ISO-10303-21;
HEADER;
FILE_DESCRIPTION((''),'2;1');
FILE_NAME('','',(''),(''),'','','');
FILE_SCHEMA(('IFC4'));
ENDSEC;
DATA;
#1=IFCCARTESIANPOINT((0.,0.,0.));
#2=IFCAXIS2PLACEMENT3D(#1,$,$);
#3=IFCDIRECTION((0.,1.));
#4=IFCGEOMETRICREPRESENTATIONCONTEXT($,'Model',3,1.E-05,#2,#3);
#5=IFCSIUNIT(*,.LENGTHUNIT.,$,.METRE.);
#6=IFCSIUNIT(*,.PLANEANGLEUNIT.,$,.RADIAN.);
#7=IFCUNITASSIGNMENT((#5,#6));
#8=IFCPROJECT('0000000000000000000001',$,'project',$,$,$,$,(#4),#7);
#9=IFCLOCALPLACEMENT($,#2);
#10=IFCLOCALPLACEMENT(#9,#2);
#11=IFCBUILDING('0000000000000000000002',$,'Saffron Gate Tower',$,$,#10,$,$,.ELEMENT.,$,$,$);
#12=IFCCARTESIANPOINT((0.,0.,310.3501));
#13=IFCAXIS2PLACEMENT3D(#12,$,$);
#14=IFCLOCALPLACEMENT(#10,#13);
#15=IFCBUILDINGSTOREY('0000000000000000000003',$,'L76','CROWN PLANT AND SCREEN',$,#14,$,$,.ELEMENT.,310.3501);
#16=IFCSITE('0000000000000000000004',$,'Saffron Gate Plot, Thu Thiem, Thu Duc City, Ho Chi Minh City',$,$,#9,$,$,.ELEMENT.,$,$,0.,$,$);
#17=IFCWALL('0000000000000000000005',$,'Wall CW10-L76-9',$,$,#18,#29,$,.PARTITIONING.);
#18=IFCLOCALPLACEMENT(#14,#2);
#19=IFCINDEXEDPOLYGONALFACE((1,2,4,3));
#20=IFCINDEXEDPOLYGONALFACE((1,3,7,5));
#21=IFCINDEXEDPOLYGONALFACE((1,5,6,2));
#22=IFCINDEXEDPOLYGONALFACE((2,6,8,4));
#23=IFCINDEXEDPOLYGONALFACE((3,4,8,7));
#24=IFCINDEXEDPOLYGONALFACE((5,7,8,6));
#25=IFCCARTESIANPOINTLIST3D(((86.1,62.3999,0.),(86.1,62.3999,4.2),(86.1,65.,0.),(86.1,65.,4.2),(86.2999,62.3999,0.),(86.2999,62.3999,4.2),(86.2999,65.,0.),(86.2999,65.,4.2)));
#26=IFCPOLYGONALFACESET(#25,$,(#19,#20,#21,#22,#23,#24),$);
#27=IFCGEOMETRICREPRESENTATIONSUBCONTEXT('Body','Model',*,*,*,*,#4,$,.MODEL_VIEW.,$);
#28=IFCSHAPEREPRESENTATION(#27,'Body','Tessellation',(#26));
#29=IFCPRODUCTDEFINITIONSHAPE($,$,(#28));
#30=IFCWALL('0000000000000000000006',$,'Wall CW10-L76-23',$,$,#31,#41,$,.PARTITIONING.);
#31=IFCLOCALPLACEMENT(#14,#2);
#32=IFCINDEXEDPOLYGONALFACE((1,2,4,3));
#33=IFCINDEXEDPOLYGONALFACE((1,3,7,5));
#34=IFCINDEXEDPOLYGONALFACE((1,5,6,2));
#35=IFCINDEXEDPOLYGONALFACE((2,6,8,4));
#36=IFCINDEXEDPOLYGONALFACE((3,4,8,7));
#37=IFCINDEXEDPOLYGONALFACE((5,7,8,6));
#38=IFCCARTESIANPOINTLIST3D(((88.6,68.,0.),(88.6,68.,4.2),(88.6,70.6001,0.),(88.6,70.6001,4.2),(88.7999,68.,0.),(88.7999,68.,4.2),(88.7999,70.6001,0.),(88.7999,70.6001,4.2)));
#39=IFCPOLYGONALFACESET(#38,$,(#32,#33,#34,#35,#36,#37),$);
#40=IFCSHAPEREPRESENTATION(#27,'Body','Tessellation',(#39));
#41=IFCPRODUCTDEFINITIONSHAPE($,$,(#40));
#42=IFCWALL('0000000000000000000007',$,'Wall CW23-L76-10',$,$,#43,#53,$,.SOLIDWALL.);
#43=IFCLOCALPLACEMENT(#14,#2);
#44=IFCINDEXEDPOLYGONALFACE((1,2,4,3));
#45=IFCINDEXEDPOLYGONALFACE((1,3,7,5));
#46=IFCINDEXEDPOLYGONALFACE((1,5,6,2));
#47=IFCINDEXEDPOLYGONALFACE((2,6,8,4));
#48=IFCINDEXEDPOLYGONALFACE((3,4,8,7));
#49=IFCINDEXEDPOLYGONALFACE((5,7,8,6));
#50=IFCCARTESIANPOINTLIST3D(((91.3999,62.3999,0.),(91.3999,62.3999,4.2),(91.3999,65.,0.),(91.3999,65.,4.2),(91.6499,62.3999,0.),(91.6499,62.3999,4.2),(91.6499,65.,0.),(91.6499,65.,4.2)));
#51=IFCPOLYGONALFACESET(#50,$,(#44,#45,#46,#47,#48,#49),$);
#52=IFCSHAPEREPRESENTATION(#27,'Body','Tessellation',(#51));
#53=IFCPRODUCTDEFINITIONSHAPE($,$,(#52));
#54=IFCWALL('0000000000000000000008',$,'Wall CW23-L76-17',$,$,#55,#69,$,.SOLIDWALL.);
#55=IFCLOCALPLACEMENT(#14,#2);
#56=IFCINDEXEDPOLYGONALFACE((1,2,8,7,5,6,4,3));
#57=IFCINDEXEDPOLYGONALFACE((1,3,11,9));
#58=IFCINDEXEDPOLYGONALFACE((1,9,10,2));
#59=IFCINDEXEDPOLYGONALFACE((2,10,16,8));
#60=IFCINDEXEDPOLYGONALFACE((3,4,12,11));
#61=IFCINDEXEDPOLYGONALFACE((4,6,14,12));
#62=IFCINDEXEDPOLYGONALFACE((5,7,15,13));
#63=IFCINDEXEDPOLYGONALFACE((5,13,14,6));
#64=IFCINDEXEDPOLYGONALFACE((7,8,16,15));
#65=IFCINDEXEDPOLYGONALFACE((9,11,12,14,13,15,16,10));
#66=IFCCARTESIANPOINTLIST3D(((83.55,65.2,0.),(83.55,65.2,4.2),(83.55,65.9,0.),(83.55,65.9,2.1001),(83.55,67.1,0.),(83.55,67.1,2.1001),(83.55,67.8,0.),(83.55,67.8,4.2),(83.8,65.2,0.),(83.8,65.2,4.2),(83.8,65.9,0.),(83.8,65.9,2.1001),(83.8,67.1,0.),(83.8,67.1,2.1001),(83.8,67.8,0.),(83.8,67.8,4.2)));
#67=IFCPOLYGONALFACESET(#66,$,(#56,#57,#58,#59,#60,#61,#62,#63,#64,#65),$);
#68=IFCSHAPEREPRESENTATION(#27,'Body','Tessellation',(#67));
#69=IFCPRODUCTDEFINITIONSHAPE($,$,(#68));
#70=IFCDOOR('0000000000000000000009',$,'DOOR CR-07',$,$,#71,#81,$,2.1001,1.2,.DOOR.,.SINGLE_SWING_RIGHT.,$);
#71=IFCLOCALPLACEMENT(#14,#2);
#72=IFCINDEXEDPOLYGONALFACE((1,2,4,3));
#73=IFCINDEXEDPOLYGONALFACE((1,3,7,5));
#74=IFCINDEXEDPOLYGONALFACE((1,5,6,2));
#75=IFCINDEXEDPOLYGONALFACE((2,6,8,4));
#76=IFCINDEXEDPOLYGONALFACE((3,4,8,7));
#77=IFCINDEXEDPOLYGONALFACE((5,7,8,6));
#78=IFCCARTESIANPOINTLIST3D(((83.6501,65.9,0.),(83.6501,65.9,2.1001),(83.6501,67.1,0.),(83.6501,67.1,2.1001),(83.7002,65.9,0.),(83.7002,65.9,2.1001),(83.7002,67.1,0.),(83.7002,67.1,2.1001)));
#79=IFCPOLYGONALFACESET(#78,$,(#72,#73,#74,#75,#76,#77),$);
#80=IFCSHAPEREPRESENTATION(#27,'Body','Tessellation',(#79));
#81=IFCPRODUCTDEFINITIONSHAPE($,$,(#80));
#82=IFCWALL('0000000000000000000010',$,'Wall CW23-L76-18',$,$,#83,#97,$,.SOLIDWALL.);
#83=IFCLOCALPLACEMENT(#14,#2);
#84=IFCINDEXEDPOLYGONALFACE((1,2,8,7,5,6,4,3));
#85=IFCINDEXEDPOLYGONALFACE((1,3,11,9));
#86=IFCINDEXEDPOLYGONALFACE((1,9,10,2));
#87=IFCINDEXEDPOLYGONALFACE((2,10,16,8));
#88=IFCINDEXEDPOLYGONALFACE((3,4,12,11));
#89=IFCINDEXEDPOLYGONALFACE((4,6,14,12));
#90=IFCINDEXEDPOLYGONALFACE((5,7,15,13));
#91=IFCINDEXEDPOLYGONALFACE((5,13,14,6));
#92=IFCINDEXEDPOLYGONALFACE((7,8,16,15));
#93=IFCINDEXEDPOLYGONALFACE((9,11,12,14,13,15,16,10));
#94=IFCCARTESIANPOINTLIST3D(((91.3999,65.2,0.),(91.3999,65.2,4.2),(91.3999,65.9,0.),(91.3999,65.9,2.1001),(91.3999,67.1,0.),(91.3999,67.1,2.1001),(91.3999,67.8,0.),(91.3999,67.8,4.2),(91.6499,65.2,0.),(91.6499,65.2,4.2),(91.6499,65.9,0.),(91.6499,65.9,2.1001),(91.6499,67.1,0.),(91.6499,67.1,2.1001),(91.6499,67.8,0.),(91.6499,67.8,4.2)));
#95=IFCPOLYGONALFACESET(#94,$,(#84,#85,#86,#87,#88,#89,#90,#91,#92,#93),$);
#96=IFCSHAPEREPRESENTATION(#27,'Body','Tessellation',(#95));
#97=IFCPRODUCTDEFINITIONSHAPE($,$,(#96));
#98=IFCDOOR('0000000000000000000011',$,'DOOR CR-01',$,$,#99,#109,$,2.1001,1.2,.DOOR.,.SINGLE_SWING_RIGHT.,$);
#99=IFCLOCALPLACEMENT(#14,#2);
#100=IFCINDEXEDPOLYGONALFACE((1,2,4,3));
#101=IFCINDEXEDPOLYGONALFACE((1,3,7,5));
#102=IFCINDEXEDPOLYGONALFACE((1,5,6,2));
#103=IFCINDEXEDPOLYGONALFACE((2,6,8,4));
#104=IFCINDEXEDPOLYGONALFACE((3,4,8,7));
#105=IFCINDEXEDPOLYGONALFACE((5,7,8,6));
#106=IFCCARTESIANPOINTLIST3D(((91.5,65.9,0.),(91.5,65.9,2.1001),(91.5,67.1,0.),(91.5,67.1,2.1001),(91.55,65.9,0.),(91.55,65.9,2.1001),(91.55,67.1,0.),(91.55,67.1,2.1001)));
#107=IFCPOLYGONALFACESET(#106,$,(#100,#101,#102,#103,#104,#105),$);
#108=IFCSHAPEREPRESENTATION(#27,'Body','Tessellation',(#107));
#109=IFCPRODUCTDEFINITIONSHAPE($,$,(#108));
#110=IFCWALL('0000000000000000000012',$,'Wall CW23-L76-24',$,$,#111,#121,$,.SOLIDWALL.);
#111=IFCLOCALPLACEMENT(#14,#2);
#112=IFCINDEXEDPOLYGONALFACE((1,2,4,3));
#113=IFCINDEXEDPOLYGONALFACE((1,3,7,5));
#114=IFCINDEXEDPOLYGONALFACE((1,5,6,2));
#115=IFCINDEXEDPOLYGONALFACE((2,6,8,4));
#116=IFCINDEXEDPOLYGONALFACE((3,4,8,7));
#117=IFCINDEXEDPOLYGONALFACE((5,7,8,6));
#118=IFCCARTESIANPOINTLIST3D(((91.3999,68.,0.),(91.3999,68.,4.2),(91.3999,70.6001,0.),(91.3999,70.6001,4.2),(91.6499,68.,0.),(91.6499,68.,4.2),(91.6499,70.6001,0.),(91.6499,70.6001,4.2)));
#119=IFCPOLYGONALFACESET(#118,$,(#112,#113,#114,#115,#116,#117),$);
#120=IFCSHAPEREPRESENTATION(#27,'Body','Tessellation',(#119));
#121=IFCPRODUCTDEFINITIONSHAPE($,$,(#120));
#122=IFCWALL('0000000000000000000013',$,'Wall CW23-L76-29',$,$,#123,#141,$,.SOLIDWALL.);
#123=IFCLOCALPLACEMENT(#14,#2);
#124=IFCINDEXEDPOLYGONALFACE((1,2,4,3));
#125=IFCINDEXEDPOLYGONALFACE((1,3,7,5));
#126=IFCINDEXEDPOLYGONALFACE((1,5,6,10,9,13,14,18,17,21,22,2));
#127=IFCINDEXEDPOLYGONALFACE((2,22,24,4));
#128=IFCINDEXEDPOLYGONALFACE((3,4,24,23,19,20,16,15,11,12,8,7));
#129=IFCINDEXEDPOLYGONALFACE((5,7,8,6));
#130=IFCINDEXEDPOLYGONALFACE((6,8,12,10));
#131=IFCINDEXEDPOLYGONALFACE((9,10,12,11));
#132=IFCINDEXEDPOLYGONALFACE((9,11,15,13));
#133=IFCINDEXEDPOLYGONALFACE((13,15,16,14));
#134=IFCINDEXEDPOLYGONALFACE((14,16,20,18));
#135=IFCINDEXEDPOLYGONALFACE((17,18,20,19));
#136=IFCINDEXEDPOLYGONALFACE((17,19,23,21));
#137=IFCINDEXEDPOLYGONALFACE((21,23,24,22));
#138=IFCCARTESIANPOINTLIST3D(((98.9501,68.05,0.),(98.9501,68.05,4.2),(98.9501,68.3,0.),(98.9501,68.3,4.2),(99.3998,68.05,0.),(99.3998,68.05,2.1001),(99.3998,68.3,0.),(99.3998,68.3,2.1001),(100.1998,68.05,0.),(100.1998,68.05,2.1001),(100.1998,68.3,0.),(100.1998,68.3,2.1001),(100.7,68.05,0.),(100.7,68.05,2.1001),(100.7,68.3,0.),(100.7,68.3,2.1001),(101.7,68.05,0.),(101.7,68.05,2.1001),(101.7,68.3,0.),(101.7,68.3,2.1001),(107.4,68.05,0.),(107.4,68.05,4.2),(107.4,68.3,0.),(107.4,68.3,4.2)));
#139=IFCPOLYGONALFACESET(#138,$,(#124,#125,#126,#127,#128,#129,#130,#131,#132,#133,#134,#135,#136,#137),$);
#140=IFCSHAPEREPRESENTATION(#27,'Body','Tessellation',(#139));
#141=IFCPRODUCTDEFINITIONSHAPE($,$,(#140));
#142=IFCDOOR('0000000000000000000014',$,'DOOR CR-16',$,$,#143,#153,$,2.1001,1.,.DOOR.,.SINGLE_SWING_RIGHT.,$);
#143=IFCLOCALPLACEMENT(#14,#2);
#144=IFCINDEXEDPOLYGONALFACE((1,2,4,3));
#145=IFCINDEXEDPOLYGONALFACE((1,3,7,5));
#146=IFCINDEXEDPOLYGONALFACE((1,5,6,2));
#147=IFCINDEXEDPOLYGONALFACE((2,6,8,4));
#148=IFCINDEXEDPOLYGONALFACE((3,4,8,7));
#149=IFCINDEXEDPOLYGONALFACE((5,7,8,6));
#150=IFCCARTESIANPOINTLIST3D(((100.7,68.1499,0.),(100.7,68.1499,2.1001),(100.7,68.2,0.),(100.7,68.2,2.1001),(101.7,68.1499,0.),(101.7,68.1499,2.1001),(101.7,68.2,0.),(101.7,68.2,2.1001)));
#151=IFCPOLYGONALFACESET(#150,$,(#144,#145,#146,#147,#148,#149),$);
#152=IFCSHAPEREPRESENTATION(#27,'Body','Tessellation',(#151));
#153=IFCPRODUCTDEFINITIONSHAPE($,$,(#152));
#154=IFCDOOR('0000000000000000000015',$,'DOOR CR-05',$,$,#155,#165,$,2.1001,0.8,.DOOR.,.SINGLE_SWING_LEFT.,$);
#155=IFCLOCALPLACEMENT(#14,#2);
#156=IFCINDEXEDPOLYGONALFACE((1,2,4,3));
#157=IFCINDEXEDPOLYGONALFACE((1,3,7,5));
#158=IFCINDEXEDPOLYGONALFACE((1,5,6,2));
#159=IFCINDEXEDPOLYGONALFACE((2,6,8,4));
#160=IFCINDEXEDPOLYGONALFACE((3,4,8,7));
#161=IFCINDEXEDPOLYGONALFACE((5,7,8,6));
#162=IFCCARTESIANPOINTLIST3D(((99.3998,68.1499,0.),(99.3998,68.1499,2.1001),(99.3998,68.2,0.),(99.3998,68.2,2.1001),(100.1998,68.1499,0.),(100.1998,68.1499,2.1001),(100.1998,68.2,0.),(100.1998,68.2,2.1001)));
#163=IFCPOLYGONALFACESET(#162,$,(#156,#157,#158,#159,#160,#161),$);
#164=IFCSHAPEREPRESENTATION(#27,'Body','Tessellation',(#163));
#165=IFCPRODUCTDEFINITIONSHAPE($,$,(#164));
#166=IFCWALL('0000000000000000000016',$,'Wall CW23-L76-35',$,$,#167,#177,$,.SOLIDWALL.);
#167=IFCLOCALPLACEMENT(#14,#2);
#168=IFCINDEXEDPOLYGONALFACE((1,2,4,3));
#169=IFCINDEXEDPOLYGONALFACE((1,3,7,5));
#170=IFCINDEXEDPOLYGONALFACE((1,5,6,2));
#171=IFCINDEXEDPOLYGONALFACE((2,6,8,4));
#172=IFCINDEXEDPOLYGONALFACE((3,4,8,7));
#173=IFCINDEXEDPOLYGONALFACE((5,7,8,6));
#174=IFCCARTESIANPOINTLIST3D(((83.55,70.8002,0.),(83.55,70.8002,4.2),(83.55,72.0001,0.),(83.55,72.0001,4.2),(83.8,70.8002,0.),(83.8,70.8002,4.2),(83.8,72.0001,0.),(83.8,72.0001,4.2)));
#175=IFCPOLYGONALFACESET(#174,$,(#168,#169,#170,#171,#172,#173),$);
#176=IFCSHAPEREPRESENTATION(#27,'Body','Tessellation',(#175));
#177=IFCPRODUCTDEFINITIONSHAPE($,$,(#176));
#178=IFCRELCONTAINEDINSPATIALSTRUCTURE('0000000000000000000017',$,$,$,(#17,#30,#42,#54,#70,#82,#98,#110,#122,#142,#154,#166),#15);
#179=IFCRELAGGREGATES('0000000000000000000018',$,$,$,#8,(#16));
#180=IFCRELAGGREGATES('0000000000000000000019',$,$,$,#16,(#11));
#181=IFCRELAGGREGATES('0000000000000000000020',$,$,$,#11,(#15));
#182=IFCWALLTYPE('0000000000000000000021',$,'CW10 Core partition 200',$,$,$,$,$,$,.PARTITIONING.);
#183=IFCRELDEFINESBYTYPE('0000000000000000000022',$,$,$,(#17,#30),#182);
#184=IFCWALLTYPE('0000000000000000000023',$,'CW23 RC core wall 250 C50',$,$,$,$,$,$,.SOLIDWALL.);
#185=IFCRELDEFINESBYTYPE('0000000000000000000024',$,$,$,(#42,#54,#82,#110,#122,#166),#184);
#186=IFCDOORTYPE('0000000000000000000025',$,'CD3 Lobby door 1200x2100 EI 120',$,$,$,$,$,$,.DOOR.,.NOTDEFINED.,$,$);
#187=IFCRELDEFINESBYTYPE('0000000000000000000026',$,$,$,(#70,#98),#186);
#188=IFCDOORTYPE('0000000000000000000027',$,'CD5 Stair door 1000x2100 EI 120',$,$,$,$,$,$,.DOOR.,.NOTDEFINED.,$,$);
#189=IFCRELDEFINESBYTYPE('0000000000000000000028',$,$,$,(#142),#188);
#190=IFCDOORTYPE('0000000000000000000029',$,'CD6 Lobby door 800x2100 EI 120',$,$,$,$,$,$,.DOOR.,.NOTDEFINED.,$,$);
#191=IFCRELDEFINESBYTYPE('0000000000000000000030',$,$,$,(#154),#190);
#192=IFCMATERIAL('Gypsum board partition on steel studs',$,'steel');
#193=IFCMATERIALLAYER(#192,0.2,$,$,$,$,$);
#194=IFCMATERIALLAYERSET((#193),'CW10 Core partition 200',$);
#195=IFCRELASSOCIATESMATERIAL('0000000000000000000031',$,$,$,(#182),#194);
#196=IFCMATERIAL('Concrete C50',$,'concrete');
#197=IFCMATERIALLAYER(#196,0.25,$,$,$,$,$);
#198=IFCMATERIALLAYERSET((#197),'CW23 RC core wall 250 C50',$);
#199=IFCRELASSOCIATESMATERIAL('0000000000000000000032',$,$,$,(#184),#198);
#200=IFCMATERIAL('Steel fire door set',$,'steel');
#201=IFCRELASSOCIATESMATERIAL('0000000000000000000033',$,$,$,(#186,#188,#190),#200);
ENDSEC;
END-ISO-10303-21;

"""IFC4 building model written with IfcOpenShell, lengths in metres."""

from ifc_helpers import new_model, si_unit, direction, frame, frame_2d, origin, place, context, subcontext, project, spatial, rectangle, extrude, material, layer, layer_set, type_object, element, fill, save


model = new_model("IFC4")

# Units and contexts
model_context = context("Model", 3, precision=1e-05, world=origin(), true_north=direction((0.0, 1.0)))
body_context = subcontext(model_context, "Body", "Model", "MODEL_VIEW")
ifc_project = project(units=[si_unit("LENGTHUNIT", "METRE"), si_unit("PLANEANGLEUNIT", "RADIAN")], contexts=[model_context])

# Site, building, storey
site_placement = place(None, origin())
site = spatial("IfcSite", under=ifc_project, at=site_placement, Name="Saffron Gate Plot, Thu Thiem, Thu Duc City, Ho Chi Minh City", CompositionType="ELEMENT", RefElevation=0.0)
building_placement = place(site_placement, origin())
building = spatial("IfcBuilding", under=site, at=building_placement, Name="Saffron Gate Tower", CompositionType="ELEMENT")
storey_placement = place(building_placement, frame((0.0, 0.0, 310.3501)))
storey = spatial("IfcBuildingStorey", under=building, at=storey_placement, Name="L76", Description="CROWN PLANT AND SCREEN", CompositionType="ELEMENT", Elevation=310.3501)

# Walls
ifc_material_1 = material(Name="Gypsum board partition on steel studs", Category="steel")
ifc_layer_1 = layer(ifc_material_1, 0.2)
ifc_layer_set_1 = layer_set([ifc_layer_1], Name="CW10 Core partition 200")
wall_type_1 = type_object("IfcWallType", Name="CW10 Core partition 200", PredefinedType="PARTITIONING", material=ifc_layer_set_1)
for number, where, z_axis, x_axis, name in (
    (1, (86.2, 62.3999, 0.0), (0.0, 0.0, 1.0), (0.0, 1.0, 0.0), "Wall CW10-L76-9"),
    (2, (88.7, 68.0, 0.0), (0.0, 0.0, 1.0), (0.0, 1.0, 0.0), "Wall CW10-L76-23"),
):
    element("IfcWall", number, at=place(storey_placement, frame(where, z_axis=z_axis, x_axis=x_axis)), inside=storey, type_object=wall_type_1, Name=name, PredefinedType="PARTITIONING", context=body_context, shape_type="SweptSolid", body=[
        extrude(rectangle(XDim=2.6001, YDim=0.2, at=frame_2d((1.3, 0.0))), origin(), (0.0, 0.0, 1.0), 4.2),
    ])
ifc_material_2 = material(Name="Concrete C50", Category="concrete")
ifc_layer_2 = layer(ifc_material_2, 0.25)
ifc_layer_set_2 = layer_set([ifc_layer_2], Name="CW23 RC core wall 250 C50")
wall_type_2 = type_object("IfcWallType", Name="CW23 RC core wall 250 C50", PredefinedType="SOLIDWALL", material=ifc_layer_set_2)
wall_1_placement = place(storey_placement, frame((91.5249, 62.3999, 0.0), z_axis=(0.0, 0.0, 1.0), x_axis=(0.0, 1.0, 0.0)))
element("IfcWall", 3, at=wall_1_placement, inside=storey, type_object=wall_type_2, Name="Wall CW23-L76-10", PredefinedType="SOLIDWALL", context=body_context, shape_type="SweptSolid", body=[
    extrude(rectangle(XDim=2.6001, YDim=0.25, at=frame_2d((1.3, 0.0))), origin(), (0.0, 0.0, 1.0), 4.2),
])

# Walls, openings, doors
wall_2_placement = place(storey_placement, frame((83.675, 65.2, 0.0), z_axis=(0.0, 0.0, 1.0), x_axis=(0.0, 1.0, 0.0)))
wall_2 = element("IfcWall", 4, at=wall_2_placement, inside=storey, type_object=wall_type_2, Name="Wall CW23-L76-17", PredefinedType="SOLIDWALL", context=body_context, shape_type="SweptSolid", body=[
    extrude(rectangle(XDim=2.6001, YDim=0.25, at=frame_2d((1.3, 0.0))), origin(), (0.0, 0.0, 1.0), 4.2),
])
opening_1_placement = place(wall_2_placement, frame((0.7, 0.0, 0.0)))
opening_1 = element("IfcOpeningElement", 5, at=opening_1_placement, cuts=wall_2, PredefinedType="OPENING", context=body_context, shape_type="SweptSolid", body=[
    extrude(rectangle(XDim=1.2, YDim=2.1001, at=frame_2d((0.6001, 1.05))), frame((0.0, 0.135, 0.0), z_axis=(0.0, -1.0, 0.0), x_axis=(1.0, 0.0, 0.0)), (0.0, 0.0, 1.0), 0.27),
])
ifc_material_3 = material(Name="Steel fire door set", Category="steel")
door_type_1 = type_object("IfcDoorType", Name="CD3 Lobby door 1200x2100 EI 120", OperationType="NOTDEFINED", PredefinedType="DOOR", material=ifc_material_3)
door_1_placement = place(opening_1_placement, origin())
door_1 = element("IfcDoor", 6, at=door_1_placement, inside=storey, type_object=door_type_1, Name="DOOR CR-07", OperationType="SINGLE_SWING_RIGHT", OverallHeight=2.1001, OverallWidth=1.2, PredefinedType="DOOR", context=body_context, shape_type="SweptSolid", body=[
    extrude(rectangle(XDim=1.2, YDim=2.1001, at=frame_2d((0.6001, 1.05))), frame((0.0, 0.0249, 0.0), z_axis=(0.0, -1.0, 0.0), x_axis=(1.0, 0.0, 0.0)), (0.0, 0.0, 1.0), 0.05),
])
fill(opening_1, door_1)
wall_3_placement = place(storey_placement, frame((91.5249, 65.2, 0.0), z_axis=(0.0, 0.0, 1.0), x_axis=(0.0, 1.0, 0.0)))
wall_3 = element("IfcWall", 7, at=wall_3_placement, inside=storey, type_object=wall_type_2, Name="Wall CW23-L76-18", PredefinedType="SOLIDWALL", context=body_context, shape_type="SweptSolid", body=[
    extrude(rectangle(XDim=2.6001, YDim=0.25, at=frame_2d((1.3, 0.0))), origin(), (0.0, 0.0, 1.0), 4.2),
])
opening_2_placement = place(wall_3_placement, frame((0.7, 0.0, 0.0)))
opening_2 = element("IfcOpeningElement", 8, at=opening_2_placement, cuts=wall_3, PredefinedType="OPENING", context=body_context, shape_type="SweptSolid", body=[
    extrude(rectangle(XDim=1.2, YDim=2.1001, at=frame_2d((0.6001, 1.05))), frame((0.0, 0.135, 0.0), z_axis=(0.0, -1.0, 0.0), x_axis=(1.0, 0.0, 0.0)), (0.0, 0.0, 1.0), 0.27),
])
door_2_placement = place(opening_2_placement, origin())
door_2 = element("IfcDoor", 9, at=door_2_placement, inside=storey, type_object=door_type_1, Name="DOOR CR-01", OperationType="SINGLE_SWING_RIGHT", OverallHeight=2.1001, OverallWidth=1.2, PredefinedType="DOOR", context=body_context, shape_type="SweptSolid", body=[
    extrude(rectangle(XDim=1.2, YDim=2.1001, at=frame_2d((0.6001, 1.05))), frame((0.0, 0.0249, 0.0), z_axis=(0.0, -1.0, 0.0), x_axis=(1.0, 0.0, 0.0)), (0.0, 0.0, 1.0), 0.05),
])
fill(opening_2, door_2)

# Wall
wall_4_placement = place(storey_placement, frame((91.5249, 68.0, 0.0), z_axis=(0.0, 0.0, 1.0), x_axis=(0.0, 1.0, 0.0)))
element("IfcWall", 10, at=wall_4_placement, inside=storey, type_object=wall_type_2, Name="Wall CW23-L76-24", PredefinedType="SOLIDWALL", context=body_context, shape_type="SweptSolid", body=[
    extrude(rectangle(XDim=2.6001, YDim=0.25, at=frame_2d((1.3, 0.0))), origin(), (0.0, 0.0, 1.0), 4.2),
])

# Wall, openings, doors
wall_5_placement = place(storey_placement, frame((98.95, 68.175, 0.0), z_axis=(0.0, 0.0, 1.0), x_axis=(1.0, 0.0, 0.0)))
wall_5 = element("IfcWall", 11, at=wall_5_placement, inside=storey, type_object=wall_type_2, Name="Wall CW23-L76-29", PredefinedType="SOLIDWALL", context=body_context, shape_type="SweptSolid", body=[
    extrude(rectangle(XDim=8.45, YDim=0.25, at=frame_2d((4.2251, 0.0))), origin(), (0.0, 0.0, 1.0), 4.2),
])
opening_3_placement = place(wall_5_placement, frame((0.45, 0.0, 0.0)))
opening_3 = element("IfcOpeningElement", 12, at=opening_3_placement, cuts=wall_5, PredefinedType="OPENING", context=body_context, shape_type="SweptSolid", body=[
    extrude(rectangle(XDim=0.8, YDim=2.1001, at=frame_2d((0.3999, 1.05))), frame((0.0, 0.135, 0.0), z_axis=(0.0, -1.0, 0.0), x_axis=(1.0, 0.0, 0.0)), (0.0, 0.0, 1.0), 0.27),
])
opening_4_placement = place(wall_5_placement, frame((1.75, 0.0, 0.0)))
opening_4 = element("IfcOpeningElement", 13, at=opening_4_placement, cuts=wall_5, PredefinedType="OPENING", context=body_context, shape_type="SweptSolid", body=[
    extrude(rectangle(XDim=1.0, YDim=2.1001, at=frame_2d((0.5, 1.05))), frame((0.0, 0.135, 0.0), z_axis=(0.0, -1.0, 0.0), x_axis=(1.0, 0.0, 0.0)), (0.0, 0.0, 1.0), 0.27),
])
door_type_2 = type_object("IfcDoorType", Name="CD5 Stair door 1000x2100 EI 120", OperationType="NOTDEFINED", PredefinedType="DOOR", material=ifc_material_3)
door_3_placement = place(opening_4_placement, origin())
door_3 = element("IfcDoor", 14, at=door_3_placement, inside=storey, type_object=door_type_2, Name="DOOR CR-16", OperationType="SINGLE_SWING_RIGHT", OverallHeight=2.1001, OverallWidth=1.0, PredefinedType="DOOR", context=body_context, shape_type="SweptSolid", body=[
    extrude(rectangle(XDim=1.0, YDim=2.1001, at=frame_2d((0.5, 1.05))), frame((0.0, 0.0249, 0.0), z_axis=(0.0, -1.0, 0.0), x_axis=(1.0, 0.0, 0.0)), (0.0, 0.0, 1.0), 0.05),
])
fill(opening_4, door_3)
door_type_3 = type_object("IfcDoorType", Name="CD6 Lobby door 800x2100 EI 120", OperationType="NOTDEFINED", PredefinedType="DOOR", material=ifc_material_3)
door_4_placement = place(opening_3_placement, origin())
door_4 = element("IfcDoor", 15, at=door_4_placement, inside=storey, type_object=door_type_3, Name="DOOR CR-05", OperationType="SINGLE_SWING_LEFT", OverallHeight=2.1001, OverallWidth=0.8, PredefinedType="DOOR", context=body_context, shape_type="SweptSolid", body=[
    extrude(rectangle(XDim=0.8, YDim=2.1001, at=frame_2d((0.3999, 1.05))), frame((0.0, 0.0249, 0.0), z_axis=(0.0, -1.0, 0.0), x_axis=(1.0, 0.0, 0.0)), (0.0, 0.0, 1.0), 0.05),
])
fill(opening_3, door_4)

# Wall
wall_6_placement = place(storey_placement, frame((83.675, 70.8, 0.0), z_axis=(0.0, 0.0, 1.0), x_axis=(0.0, 1.0, 0.0)))
element("IfcWall", 16, at=wall_6_placement, inside=storey, type_object=wall_type_2, Name="Wall CW23-L76-35", PredefinedType="SOLIDWALL", context=body_context, shape_type="SweptSolid", body=[
    extrude(rectangle(XDim=1.2, YDim=0.25, at=frame_2d((0.6001, 0.0))), origin(), (0.0, 0.0, 1.0), 4.2),
])

save(model, "model.ifc")
